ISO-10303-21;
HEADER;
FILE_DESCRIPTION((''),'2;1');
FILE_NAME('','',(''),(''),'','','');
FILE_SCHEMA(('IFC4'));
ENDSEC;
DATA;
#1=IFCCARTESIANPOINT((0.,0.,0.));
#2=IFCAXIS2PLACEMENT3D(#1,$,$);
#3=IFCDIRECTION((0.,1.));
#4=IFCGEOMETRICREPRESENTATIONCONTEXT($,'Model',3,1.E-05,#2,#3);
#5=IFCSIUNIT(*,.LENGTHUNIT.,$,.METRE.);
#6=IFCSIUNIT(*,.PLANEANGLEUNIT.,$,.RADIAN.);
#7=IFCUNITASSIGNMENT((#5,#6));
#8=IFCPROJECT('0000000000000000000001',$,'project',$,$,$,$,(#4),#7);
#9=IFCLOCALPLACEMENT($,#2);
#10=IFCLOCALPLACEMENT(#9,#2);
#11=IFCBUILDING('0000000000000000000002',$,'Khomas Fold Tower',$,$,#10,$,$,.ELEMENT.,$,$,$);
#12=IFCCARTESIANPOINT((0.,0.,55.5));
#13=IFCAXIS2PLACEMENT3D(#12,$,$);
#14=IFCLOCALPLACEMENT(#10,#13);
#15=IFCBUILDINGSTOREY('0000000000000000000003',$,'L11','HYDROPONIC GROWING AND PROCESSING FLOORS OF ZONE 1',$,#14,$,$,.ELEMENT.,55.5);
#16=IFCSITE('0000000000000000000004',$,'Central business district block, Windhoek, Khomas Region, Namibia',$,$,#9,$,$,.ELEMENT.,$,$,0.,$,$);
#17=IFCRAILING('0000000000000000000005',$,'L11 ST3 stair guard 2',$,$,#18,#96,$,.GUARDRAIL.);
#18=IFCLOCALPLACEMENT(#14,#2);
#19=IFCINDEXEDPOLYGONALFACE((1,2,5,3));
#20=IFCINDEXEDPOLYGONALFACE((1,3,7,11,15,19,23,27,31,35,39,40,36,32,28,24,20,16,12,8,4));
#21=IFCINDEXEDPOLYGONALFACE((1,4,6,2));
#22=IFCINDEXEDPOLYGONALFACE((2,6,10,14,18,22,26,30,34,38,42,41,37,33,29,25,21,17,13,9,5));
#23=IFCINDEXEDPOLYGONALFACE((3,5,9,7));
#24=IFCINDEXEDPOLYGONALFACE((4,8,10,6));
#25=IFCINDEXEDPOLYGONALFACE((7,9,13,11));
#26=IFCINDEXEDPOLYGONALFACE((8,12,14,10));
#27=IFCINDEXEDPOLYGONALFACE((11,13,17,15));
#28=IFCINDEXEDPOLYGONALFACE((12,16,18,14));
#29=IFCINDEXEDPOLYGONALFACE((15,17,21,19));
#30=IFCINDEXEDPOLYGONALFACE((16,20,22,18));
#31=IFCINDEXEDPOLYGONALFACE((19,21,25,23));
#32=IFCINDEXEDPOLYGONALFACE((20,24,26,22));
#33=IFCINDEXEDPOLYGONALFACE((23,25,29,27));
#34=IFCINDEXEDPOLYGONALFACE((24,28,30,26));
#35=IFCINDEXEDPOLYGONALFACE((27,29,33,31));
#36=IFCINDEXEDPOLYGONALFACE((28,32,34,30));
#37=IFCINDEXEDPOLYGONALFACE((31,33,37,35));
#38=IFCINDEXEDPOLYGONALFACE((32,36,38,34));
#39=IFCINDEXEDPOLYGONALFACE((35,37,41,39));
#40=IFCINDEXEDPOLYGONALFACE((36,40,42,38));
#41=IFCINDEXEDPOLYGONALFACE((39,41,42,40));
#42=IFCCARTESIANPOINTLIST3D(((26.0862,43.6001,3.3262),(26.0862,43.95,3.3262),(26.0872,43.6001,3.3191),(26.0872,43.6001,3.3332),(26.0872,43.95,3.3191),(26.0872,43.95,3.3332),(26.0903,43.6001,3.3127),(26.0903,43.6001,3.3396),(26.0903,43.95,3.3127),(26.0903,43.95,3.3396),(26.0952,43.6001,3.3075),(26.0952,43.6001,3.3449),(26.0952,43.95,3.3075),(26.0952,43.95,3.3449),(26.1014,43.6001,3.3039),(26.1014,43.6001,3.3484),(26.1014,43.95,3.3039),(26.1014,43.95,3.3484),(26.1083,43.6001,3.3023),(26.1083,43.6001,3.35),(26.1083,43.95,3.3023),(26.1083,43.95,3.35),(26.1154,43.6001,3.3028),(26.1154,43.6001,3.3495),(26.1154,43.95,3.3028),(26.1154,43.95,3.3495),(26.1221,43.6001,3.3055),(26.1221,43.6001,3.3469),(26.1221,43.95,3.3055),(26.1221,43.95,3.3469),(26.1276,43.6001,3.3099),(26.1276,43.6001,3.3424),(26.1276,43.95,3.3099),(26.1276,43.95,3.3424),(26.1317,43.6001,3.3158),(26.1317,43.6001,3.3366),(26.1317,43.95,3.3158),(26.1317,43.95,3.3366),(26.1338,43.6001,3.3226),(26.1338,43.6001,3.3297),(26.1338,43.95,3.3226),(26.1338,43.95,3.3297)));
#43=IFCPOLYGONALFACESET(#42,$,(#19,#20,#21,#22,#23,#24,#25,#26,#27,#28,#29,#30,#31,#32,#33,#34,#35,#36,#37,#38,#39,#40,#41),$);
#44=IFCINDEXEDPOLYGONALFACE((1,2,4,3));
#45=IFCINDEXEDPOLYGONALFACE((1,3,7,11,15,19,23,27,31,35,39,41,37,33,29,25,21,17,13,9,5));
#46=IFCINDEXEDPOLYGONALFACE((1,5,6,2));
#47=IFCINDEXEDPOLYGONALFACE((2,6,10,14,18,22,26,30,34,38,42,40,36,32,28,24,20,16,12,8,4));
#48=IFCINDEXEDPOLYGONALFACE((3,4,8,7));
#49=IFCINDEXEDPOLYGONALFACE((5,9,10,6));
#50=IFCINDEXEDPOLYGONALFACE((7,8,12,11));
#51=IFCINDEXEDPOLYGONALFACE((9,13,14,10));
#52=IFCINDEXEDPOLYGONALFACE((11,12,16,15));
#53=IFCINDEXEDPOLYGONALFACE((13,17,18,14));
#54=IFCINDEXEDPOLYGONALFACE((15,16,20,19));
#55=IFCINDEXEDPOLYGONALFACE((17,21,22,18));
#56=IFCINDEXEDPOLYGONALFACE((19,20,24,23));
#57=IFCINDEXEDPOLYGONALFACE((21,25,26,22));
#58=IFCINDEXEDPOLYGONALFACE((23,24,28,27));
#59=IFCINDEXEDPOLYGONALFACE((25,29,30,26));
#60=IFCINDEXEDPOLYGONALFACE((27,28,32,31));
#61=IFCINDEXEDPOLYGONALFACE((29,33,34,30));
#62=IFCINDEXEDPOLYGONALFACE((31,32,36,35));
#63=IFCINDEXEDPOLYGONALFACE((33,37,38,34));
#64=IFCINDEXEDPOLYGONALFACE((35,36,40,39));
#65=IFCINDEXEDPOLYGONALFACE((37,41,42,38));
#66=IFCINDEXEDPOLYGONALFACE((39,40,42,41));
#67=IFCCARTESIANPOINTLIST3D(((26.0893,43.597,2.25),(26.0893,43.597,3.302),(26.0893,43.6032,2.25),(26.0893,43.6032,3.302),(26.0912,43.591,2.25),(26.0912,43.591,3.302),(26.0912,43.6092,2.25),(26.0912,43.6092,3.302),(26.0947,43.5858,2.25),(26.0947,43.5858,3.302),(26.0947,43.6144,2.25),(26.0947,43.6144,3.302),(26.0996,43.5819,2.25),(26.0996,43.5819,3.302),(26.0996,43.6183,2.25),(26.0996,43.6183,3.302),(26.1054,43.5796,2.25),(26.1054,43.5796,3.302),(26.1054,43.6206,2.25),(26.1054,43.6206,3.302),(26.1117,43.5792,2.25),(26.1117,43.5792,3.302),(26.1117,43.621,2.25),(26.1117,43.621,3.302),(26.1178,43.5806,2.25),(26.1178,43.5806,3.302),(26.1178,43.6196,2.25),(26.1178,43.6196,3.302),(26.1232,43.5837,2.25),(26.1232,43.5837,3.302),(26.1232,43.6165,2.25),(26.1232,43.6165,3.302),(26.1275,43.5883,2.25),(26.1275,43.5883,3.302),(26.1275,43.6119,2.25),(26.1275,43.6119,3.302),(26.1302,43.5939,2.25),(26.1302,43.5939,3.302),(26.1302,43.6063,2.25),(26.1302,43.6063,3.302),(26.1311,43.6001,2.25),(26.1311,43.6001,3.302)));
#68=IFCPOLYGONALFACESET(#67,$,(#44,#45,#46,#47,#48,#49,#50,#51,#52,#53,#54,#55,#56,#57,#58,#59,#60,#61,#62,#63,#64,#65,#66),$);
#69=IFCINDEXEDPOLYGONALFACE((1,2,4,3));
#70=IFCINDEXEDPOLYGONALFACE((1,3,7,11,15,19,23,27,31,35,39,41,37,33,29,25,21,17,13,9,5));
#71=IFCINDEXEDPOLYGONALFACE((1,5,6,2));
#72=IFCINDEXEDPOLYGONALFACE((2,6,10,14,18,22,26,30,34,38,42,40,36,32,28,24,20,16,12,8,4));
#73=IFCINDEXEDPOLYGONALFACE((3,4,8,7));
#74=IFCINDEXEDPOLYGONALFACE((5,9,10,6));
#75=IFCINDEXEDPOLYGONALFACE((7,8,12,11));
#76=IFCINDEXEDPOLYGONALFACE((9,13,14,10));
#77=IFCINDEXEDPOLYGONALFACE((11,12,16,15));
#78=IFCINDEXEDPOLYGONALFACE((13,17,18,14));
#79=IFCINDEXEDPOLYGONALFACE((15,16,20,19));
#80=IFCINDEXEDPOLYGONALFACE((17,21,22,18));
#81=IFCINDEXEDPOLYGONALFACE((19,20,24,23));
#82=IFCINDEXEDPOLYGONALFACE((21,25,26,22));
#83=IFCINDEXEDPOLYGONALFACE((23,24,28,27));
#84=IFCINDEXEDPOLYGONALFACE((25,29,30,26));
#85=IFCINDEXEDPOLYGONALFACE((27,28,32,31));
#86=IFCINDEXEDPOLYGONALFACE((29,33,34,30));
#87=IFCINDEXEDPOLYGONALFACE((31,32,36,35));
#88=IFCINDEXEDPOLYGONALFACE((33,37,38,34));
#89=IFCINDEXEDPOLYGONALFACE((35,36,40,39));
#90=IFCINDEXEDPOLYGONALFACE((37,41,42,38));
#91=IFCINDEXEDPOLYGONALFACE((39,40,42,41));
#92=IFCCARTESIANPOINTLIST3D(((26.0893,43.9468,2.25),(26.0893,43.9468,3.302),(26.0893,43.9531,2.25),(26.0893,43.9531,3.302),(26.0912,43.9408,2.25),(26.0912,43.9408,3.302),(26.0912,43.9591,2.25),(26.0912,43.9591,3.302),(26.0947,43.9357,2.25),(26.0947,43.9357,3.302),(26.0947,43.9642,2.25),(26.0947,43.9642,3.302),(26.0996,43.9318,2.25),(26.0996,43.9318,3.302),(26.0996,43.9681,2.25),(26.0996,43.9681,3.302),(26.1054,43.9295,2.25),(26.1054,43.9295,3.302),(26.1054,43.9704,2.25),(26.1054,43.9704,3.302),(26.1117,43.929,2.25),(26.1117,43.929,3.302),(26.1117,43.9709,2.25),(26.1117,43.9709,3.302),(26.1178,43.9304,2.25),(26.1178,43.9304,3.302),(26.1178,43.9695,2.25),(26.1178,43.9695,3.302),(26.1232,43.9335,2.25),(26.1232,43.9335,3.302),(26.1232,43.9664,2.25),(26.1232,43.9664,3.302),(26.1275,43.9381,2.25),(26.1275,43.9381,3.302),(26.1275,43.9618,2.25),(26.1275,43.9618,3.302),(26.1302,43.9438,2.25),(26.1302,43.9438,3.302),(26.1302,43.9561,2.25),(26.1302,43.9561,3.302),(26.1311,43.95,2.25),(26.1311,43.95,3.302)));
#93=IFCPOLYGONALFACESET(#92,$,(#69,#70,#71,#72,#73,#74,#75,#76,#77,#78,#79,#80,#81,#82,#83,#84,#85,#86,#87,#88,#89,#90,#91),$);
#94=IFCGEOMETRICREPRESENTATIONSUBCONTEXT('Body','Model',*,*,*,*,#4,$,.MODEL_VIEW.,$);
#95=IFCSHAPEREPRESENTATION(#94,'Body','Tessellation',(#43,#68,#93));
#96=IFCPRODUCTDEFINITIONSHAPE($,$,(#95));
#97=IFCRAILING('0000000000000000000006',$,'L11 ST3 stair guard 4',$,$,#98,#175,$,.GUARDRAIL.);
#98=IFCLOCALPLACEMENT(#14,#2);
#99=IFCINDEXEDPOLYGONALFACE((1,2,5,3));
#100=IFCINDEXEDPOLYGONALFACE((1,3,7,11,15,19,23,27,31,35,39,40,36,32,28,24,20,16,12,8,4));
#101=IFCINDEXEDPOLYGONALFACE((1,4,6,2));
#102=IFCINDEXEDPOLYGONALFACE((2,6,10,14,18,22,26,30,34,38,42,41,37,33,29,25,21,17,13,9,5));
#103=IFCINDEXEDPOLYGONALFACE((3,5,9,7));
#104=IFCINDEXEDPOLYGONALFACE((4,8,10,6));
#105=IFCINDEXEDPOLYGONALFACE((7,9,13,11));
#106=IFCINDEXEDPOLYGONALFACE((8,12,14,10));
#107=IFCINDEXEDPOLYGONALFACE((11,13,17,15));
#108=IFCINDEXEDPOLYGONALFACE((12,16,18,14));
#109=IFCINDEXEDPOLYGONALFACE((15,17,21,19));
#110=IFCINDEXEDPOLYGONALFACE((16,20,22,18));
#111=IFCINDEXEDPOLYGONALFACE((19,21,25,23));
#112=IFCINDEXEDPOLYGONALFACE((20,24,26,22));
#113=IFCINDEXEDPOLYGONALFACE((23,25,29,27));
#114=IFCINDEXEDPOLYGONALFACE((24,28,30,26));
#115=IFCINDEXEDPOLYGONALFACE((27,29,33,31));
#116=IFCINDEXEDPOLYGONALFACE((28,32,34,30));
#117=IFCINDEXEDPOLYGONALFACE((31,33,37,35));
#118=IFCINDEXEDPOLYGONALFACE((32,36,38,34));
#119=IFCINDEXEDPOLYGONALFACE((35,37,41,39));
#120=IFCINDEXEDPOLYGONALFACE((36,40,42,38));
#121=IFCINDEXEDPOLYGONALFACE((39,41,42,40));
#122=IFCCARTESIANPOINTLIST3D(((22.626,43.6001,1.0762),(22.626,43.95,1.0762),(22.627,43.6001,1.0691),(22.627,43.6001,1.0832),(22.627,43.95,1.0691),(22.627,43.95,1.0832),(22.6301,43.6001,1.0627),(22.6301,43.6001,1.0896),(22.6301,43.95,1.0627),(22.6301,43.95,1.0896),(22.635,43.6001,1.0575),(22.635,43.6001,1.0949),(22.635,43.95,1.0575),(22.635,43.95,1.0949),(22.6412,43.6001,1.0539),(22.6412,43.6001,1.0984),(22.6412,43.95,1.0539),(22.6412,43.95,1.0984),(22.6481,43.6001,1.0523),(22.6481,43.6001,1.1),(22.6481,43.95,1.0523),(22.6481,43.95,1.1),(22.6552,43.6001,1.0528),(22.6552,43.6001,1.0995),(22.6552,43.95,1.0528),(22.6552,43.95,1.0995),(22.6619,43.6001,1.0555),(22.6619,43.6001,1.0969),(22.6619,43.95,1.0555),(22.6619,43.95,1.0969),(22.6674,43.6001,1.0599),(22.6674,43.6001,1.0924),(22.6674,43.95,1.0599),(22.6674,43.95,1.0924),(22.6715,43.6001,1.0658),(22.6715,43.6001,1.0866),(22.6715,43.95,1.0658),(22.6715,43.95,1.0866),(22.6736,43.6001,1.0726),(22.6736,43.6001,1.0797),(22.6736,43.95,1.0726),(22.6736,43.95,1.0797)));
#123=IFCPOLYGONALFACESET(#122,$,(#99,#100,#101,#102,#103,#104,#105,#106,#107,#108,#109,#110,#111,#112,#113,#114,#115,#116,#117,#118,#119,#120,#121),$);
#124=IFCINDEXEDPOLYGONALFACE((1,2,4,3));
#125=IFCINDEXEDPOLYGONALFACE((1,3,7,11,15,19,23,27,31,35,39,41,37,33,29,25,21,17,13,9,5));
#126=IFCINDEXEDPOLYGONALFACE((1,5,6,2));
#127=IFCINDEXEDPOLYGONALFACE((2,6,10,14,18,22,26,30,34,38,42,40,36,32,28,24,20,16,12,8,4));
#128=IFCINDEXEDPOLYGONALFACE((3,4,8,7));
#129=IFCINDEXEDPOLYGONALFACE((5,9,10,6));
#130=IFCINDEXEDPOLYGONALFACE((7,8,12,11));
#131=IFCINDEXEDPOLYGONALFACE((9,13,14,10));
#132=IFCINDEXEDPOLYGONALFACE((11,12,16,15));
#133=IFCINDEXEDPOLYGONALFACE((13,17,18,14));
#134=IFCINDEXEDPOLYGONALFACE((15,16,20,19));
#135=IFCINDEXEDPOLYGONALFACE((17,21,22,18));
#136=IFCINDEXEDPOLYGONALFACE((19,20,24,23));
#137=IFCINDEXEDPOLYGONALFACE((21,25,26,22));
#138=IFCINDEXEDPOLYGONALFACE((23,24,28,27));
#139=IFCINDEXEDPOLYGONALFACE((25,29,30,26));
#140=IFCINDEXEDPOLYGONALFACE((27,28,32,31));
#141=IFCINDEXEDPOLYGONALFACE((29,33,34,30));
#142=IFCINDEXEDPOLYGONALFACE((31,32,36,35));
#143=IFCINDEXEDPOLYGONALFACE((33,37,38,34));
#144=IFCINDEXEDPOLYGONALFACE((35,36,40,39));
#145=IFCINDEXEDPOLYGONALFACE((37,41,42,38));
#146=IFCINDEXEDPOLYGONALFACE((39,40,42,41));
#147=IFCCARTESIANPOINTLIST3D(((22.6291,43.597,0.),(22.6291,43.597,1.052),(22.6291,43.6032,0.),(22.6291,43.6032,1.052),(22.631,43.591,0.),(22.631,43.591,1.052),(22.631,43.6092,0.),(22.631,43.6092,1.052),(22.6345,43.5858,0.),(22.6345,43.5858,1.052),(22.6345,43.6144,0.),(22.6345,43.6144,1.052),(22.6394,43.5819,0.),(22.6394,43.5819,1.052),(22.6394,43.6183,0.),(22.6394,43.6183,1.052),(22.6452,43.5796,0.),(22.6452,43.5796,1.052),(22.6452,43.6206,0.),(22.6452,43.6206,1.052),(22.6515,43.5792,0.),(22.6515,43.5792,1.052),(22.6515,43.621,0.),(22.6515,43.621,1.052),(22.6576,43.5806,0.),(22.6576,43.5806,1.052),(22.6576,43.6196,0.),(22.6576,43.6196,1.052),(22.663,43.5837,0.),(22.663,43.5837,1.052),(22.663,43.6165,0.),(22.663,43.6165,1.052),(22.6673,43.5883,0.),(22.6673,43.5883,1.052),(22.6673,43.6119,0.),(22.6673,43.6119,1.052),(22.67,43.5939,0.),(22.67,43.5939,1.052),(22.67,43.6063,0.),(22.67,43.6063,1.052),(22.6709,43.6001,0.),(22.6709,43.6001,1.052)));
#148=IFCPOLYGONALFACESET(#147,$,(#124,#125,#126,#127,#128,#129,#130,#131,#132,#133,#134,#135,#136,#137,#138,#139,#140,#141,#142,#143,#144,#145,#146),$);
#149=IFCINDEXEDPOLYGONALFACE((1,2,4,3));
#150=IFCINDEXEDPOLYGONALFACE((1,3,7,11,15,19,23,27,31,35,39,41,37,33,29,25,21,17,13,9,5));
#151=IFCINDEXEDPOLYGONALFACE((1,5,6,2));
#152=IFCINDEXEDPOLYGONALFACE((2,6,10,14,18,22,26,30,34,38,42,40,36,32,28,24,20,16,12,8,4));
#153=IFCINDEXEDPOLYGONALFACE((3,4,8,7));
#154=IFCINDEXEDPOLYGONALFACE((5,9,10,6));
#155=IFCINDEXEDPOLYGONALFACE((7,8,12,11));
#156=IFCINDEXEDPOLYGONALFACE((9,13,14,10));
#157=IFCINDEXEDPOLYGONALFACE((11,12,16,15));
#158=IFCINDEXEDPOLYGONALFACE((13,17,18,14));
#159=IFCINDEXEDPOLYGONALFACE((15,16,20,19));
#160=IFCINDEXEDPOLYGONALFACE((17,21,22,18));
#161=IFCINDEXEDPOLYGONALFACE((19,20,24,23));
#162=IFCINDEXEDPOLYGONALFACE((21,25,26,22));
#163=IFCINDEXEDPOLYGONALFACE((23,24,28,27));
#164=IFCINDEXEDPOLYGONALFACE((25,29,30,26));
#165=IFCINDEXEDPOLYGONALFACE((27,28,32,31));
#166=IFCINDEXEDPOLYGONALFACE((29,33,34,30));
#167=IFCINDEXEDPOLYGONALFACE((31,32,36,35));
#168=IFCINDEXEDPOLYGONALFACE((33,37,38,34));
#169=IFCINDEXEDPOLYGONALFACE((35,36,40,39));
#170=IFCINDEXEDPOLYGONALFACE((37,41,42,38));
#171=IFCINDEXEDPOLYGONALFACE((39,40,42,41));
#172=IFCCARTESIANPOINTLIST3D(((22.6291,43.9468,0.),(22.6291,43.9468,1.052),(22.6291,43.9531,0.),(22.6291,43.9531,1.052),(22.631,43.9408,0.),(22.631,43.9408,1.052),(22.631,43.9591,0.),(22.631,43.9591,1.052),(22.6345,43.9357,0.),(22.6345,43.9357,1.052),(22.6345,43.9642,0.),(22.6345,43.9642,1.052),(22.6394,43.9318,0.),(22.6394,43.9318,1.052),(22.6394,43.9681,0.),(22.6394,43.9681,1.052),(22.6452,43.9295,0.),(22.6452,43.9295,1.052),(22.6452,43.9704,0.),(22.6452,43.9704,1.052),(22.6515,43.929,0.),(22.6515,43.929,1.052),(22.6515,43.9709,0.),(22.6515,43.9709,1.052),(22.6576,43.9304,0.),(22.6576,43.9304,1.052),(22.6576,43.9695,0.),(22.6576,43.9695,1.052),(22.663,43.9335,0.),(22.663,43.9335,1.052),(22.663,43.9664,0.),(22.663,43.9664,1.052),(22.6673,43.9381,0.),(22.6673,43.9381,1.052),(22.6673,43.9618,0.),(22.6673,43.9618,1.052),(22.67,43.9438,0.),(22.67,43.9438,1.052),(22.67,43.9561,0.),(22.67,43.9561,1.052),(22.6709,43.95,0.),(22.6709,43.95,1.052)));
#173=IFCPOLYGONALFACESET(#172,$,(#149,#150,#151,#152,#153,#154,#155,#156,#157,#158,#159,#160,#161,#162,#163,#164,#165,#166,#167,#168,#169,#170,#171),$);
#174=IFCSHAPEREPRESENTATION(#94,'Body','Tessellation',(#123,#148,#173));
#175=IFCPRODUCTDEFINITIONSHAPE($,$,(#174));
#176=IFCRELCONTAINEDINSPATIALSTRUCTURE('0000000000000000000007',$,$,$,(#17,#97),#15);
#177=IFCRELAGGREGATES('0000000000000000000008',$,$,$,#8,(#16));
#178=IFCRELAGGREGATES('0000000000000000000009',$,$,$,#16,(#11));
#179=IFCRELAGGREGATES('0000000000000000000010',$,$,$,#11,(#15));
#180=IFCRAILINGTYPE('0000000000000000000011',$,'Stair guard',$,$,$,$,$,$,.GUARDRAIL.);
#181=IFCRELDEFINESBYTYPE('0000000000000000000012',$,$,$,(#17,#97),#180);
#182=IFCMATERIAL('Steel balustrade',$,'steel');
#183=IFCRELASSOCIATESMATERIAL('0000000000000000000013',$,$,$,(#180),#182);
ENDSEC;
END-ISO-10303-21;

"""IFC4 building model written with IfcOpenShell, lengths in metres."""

from ifc_helpers import new_model, si_unit, direction, frame, origin, origin_2d, place, context, subcontext, project, spatial, circle, extrude, source, transform, mapped, material, type_object, element, save


model = new_model("IFC4")

# Units and contexts
model_context = context("Model", 3, precision=1e-05, world=origin(), true_north=direction((0.0, 1.0)))
body_context = subcontext(model_context, "Body", "Model", "MODEL_VIEW")
ifc_project = project(units=[si_unit("LENGTHUNIT", "METRE"), si_unit("PLANEANGLEUNIT", "RADIAN")], contexts=[model_context])

# Site, building, storey
site_placement = place(None, origin())
site = spatial("IfcSite", under=ifc_project, at=site_placement, Name="Central business district block, Windhoek, Khomas Region, Namibia", CompositionType="ELEMENT", RefElevation=0.0)
building_placement = place(site_placement, origin())
building = spatial("IfcBuilding", under=site, at=building_placement, Name="Khomas Fold Tower", CompositionType="ELEMENT")
storey_placement = place(building_placement, frame((0.0, 0.0, 55.5)))
storey = spatial("IfcBuildingStorey", under=building, at=storey_placement, Name="L11", Description="HYDROPONIC GROWING AND PROCESSING FLOORS OF ZONE 1", CompositionType="ELEMENT", Elevation=55.5)

# Railings
ifc_material_1 = material(Name="Steel balustrade", Category="steel")
railing_type_1 = type_object("IfcRailingType", Name="Stair guard", PredefinedType="GUARDRAIL", material=ifc_material_1)
shared_shape_1 = source(origin(), body_context, "Body", "SweptSolid", [
    extrude(circle(Radius=0.0239, at=origin_2d()), frame((0.0, 0.0, 1.0762), z_axis=(0.0, 1.0, 0.0), x_axis=(-1.0, 0.0, 0.0)), (0.0, 0.0, 1.0), 0.3499),
    extrude(circle(Radius=0.021, at=origin_2d()), origin(), (0.0, 0.0, 1.0), 1.052),
    extrude(circle(Radius=0.021, at=origin_2d()), frame((0.0, 0.3499, 0.0)), (0.0, 0.0, 1.0), 1.052),
])
for number, where, name in (
    (1, (26.1101, 43.6001, 2.25), "L11 ST3 stair guard 2"),
    (2, (22.6499, 43.6001, 0.0), "L11 ST3 stair guard 4"),
):
    element("IfcRailing", number, at=place(storey_placement, frame(where)), inside=storey, type_object=railing_type_1, Name=name, PredefinedType="GUARDRAIL", context=body_context, shape_type="MappedRepresentation", body=[
        mapped(shared_shape_1, transform((0.0, 0.0, 0.0))),
    ])

save(model, "model.ifc")
